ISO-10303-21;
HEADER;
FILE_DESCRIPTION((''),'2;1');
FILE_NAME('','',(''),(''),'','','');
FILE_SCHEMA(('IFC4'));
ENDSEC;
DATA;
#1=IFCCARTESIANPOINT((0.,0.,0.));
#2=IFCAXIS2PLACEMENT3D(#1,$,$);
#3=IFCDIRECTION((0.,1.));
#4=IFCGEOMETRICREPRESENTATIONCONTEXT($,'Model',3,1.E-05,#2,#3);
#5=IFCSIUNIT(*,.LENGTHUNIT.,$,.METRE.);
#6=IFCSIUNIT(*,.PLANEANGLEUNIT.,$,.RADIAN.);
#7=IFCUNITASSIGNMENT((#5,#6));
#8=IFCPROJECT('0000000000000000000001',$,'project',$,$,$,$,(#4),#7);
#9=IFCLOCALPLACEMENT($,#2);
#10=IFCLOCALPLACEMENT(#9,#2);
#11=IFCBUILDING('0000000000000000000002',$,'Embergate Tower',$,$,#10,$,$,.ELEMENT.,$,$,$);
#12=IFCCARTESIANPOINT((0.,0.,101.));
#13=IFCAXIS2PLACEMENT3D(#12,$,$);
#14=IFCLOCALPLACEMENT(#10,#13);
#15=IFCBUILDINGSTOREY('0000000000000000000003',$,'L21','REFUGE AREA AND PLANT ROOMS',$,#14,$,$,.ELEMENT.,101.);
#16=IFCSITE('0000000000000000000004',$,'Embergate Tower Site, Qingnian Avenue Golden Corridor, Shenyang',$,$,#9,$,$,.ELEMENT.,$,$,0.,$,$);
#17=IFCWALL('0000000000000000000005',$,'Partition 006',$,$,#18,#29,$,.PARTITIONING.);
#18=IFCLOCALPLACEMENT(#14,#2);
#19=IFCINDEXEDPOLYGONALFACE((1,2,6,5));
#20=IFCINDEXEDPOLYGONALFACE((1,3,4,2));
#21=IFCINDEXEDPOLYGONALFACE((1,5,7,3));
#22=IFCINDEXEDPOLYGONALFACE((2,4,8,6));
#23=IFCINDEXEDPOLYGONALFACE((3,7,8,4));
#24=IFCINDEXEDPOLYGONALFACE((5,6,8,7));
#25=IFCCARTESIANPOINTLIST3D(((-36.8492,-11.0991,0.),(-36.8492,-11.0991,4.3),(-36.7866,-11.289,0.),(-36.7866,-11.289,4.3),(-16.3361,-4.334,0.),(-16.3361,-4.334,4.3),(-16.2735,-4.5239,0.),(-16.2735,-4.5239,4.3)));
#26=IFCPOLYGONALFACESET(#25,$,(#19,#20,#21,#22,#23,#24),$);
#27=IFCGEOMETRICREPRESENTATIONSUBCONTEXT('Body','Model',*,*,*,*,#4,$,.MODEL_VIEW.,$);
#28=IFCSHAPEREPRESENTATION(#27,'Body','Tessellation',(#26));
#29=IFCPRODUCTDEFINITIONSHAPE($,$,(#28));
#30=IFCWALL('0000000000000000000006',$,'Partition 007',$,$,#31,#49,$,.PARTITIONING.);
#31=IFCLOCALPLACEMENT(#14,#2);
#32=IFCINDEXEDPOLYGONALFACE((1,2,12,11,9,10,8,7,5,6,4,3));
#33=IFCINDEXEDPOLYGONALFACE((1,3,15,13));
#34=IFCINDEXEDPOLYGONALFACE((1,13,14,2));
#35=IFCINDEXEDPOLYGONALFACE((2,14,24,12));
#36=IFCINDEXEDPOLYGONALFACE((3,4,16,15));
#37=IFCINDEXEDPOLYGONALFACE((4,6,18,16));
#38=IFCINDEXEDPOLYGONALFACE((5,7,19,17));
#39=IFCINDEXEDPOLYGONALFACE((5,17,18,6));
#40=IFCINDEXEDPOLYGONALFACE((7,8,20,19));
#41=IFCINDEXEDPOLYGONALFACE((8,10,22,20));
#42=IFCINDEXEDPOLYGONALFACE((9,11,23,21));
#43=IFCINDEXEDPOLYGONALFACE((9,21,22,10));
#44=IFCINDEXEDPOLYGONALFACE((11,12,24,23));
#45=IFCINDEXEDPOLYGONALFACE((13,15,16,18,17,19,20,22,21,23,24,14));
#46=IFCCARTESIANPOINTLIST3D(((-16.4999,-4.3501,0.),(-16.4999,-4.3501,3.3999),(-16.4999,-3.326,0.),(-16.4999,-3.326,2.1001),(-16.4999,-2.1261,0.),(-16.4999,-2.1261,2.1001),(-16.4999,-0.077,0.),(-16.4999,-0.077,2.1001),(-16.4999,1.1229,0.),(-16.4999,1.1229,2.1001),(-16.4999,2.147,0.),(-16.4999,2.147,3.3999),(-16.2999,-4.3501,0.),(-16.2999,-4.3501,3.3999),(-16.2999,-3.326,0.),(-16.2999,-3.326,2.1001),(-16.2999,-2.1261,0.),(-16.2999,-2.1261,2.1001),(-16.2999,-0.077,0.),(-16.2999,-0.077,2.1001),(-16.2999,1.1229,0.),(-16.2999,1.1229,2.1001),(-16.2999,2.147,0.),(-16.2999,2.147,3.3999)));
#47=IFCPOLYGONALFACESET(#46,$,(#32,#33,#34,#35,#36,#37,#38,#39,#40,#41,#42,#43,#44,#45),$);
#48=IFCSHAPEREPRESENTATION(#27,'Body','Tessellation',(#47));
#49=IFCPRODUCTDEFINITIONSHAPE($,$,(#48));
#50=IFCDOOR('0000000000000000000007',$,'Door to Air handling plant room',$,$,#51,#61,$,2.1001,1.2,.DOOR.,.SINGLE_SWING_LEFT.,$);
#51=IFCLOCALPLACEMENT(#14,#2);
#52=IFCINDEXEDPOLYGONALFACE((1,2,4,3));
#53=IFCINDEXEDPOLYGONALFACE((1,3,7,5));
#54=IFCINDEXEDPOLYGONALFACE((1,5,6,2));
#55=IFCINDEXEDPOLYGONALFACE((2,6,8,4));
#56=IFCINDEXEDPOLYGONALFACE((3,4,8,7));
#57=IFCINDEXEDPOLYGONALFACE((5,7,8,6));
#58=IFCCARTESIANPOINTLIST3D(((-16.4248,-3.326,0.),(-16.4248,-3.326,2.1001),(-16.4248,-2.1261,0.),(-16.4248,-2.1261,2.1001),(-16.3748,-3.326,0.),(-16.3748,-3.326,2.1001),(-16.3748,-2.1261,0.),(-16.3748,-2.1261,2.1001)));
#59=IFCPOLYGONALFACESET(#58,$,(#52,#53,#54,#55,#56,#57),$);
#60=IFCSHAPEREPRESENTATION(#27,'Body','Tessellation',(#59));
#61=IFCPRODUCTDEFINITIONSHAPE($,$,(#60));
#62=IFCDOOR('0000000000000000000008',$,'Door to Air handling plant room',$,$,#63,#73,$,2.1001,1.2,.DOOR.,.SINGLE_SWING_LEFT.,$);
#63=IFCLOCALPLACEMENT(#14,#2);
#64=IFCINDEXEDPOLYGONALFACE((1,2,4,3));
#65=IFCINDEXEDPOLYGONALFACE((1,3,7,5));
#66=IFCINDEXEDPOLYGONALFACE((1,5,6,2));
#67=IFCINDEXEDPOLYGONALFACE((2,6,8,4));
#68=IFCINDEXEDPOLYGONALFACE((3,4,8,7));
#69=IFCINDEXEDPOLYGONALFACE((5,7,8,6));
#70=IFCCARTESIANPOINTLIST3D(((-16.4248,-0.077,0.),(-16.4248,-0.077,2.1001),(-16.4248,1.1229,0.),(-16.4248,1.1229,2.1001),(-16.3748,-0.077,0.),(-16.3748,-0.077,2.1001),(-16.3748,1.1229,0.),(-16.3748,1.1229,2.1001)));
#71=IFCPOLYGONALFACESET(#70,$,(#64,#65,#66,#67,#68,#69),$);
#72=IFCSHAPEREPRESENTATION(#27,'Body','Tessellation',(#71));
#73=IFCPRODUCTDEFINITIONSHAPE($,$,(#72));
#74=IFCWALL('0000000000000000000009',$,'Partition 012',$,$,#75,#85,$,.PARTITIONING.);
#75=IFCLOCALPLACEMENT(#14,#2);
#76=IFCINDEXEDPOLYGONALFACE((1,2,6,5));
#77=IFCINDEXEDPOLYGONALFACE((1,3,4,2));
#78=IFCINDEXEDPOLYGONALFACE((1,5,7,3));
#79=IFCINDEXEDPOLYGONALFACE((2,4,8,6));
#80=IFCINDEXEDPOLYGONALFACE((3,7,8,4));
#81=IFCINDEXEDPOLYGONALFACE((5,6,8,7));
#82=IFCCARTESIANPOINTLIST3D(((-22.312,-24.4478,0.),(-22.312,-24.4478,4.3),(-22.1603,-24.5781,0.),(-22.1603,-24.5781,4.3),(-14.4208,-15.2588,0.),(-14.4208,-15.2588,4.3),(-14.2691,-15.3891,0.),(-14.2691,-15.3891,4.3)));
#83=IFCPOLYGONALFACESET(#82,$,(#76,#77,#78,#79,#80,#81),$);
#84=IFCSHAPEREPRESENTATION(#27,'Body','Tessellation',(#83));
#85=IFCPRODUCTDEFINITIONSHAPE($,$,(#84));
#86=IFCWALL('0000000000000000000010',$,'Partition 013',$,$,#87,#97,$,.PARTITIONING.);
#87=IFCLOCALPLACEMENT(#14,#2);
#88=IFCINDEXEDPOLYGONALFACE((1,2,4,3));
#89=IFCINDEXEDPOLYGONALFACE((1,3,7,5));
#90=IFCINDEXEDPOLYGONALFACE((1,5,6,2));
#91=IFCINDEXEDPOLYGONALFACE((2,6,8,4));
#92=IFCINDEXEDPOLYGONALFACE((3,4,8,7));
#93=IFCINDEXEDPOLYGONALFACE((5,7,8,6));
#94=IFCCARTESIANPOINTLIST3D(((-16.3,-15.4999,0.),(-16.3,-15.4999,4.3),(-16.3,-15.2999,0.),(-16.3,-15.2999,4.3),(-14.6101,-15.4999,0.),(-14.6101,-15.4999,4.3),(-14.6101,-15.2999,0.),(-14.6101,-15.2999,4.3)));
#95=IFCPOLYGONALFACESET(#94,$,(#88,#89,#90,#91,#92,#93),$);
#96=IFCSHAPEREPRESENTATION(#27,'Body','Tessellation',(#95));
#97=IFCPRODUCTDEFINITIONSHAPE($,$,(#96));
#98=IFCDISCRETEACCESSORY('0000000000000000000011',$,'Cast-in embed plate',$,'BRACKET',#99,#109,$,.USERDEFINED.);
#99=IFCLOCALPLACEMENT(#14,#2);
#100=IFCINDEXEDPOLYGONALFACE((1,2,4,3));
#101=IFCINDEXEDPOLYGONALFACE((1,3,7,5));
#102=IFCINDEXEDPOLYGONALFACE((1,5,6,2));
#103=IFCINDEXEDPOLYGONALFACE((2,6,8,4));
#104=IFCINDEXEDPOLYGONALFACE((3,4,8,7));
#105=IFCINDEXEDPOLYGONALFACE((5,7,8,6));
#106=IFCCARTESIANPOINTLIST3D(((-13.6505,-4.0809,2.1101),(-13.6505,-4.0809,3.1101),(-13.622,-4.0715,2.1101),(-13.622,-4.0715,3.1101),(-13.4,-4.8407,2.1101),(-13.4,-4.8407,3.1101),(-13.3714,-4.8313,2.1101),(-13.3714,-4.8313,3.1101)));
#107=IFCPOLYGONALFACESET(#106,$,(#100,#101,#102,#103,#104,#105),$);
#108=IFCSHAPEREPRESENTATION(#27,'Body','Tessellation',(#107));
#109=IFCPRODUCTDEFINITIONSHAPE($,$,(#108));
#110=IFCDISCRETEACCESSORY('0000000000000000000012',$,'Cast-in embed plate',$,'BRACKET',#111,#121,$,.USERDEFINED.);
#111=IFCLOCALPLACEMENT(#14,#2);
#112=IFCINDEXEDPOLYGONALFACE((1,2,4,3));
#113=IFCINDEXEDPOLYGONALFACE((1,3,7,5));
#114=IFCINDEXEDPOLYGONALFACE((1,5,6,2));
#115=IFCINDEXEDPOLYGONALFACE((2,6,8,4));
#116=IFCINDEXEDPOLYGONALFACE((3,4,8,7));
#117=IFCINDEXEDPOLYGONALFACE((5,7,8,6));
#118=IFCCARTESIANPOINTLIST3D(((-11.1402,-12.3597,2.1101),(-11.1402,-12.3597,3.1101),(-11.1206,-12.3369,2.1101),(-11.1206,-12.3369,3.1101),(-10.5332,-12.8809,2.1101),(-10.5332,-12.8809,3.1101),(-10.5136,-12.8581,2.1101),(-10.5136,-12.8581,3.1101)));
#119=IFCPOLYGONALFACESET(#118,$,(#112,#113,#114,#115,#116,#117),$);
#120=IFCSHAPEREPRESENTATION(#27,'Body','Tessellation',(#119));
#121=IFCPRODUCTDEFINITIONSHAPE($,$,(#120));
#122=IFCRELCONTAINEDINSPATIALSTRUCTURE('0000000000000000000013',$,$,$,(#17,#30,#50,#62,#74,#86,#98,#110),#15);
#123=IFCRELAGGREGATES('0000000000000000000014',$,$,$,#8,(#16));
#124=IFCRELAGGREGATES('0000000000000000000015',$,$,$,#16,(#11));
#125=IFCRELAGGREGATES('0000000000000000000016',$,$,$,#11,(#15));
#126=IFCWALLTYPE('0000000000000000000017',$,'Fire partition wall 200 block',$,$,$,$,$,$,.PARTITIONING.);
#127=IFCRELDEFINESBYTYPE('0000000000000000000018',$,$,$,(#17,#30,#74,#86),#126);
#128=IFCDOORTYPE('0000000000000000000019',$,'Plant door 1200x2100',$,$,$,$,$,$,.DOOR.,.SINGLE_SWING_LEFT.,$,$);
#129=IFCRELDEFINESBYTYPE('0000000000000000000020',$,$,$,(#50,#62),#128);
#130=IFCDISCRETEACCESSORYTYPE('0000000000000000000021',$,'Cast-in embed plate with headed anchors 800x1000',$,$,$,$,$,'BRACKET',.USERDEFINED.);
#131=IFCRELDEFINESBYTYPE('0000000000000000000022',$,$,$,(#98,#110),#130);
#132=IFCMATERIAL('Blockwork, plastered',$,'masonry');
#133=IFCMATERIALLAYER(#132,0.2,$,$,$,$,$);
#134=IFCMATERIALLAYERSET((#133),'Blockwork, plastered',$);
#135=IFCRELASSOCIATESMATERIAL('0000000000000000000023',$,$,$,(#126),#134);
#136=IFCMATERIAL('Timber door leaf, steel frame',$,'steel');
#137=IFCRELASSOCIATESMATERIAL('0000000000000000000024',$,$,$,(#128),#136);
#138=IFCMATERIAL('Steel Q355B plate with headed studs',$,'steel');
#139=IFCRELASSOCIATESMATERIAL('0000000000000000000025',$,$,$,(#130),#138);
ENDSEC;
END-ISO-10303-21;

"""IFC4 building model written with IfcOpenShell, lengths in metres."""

from ifc_helpers import new_model, si_unit, direction, frame, frame_2d, origin, origin_2d, place, context, subcontext, project, spatial, rectangle, extrude, source, transform, mapped, material, layer, layer_set, type_object, element, fill, save


model = new_model("IFC4")

# Units and contexts
model_context = context("Model", 3, precision=1e-05, world=origin(), true_north=direction((0.0, 1.0)))
body_context = subcontext(model_context, "Body", "Model", "MODEL_VIEW")
ifc_project = project(units=[si_unit("LENGTHUNIT", "METRE"), si_unit("PLANEANGLEUNIT", "RADIAN")], contexts=[model_context])

# Site, building, storey
site_placement = place(None, origin())
site = spatial("IfcSite", under=ifc_project, at=site_placement, Name="Embergate Tower Site, Qingnian Avenue Golden Corridor, Shenyang", CompositionType="ELEMENT", RefElevation=0.0)
building_placement = place(site_placement, origin())
building = spatial("IfcBuilding", under=site, at=building_placement, Name="Embergate Tower", CompositionType="ELEMENT")
storey_placement = place(building_placement, frame((0.0, 0.0, 101.0)))
storey = spatial("IfcBuildingStorey", under=building, at=storey_placement, Name="L21", Description="REFUGE AREA AND PLANT ROOMS", CompositionType="ELEMENT", Elevation=101.0)

# Shared definitions
ifc_material_1 = material(Name="Blockwork, plastered", Category="masonry")
ifc_layer_1 = layer(ifc_material_1, 0.2)
ifc_layer_set_1 = layer_set([ifc_layer_1], Name="Blockwork, plastered")
wall_type_1 = type_object("IfcWallType", Name="Fire partition wall 200 block", PredefinedType="PARTITIONING", material=ifc_layer_set_1)
ifc_material_2 = material(Name="Timber door leaf, steel frame", Category="steel")

# Wall
shared_shape_1 = source(origin(), body_context, "Body", "SweptSolid", [
    extrude(rectangle(XDim=21.5999, YDim=0.2, at=frame_2d((10.7998, 0.0))), origin(), (0.0, 0.0, 1.0), 4.3),
])
wall_1_placement = place(storey_placement, frame((-16.3049, -4.429, 0.0), z_axis=(0.0, 0.0, 1.0), x_axis=(-0.949687, -0.313202, 0.0)))
element("IfcWall", 1, at=wall_1_placement, inside=storey, type_object=wall_type_1, Name="Partition 006", PredefinedType="PARTITIONING", context=body_context, shape_type="MappedRepresentation", body=[
    mapped(shared_shape_1, transform((0.0, 0.0, 0.0))),
])

# Wall, openings, doors
shared_shape_2 = source(origin(), body_context, "Body", "SweptSolid", [
    extrude(rectangle(XDim=6.4971, YDim=0.2, at=frame_2d((3.2485, 0.0))), origin(), (0.0, 0.0, 1.0), 3.3999),
])
wall_2_placement = place(storey_placement, frame((-16.3999, -4.3501, 0.0), z_axis=(0.0, 0.0, 1.0), x_axis=(0.0, 1.0, 0.0)))
wall_2 = element("IfcWall", 2, at=wall_2_placement, inside=storey, type_object=wall_type_1, Name="Partition 007", PredefinedType="PARTITIONING", context=body_context, shape_type="MappedRepresentation", body=[
    mapped(shared_shape_2, transform((0.0, 0.0, 0.0))),
])
shared_shape_3 = source(origin(), body_context, "Body", "SweptSolid", [
    extrude(rectangle(XDim=1.2, YDim=2.1001, at=frame_2d((0.6001, 1.05))), frame((0.0, 0.1099, 0.0), z_axis=(0.0, -1.0, 0.0), x_axis=(1.0, 0.0, 0.0)), (0.0, 0.0, 1.0), 0.22),
])
opening_1_placement = place(wall_2_placement, frame((1.0239, 0.0, 0.0)))
opening_1 = element("IfcOpeningElement", 3, at=opening_1_placement, cuts=wall_2, PredefinedType="OPENING", context=body_context, shape_type="MappedRepresentation", body=[
    mapped(shared_shape_3, transform((0.0, 0.0, 0.0))),
])
opening_2_placement = place(wall_2_placement, frame((4.2729, 0.0, 0.0)))
opening_2 = element("IfcOpeningElement", 4, at=opening_2_placement, cuts=wall_2, PredefinedType="OPENING", context=body_context, shape_type="MappedRepresentation", body=[
    mapped(shared_shape_3, transform((0.0, 0.0, 0.0))),
])
door_type_1 = type_object("IfcDoorType", Name="Plant door 1200x2100", OperationType="SINGLE_SWING_LEFT", PredefinedType="DOOR", material=ifc_material_2)
shared_shape_4 = source(origin(), body_context, "Body", "SweptSolid", [
    extrude(rectangle(XDim=1.2, YDim=2.1001, at=frame_2d((0.6001, 1.05))), frame((0.0, 0.0249, 0.0), z_axis=(0.0, -1.0, 0.0), x_axis=(1.0, 0.0, 0.0)), (0.0, 0.0, 1.0), 0.05),
])
door_1_placement = place(opening_1_placement, origin())
door_1 = element("IfcDoor", 5, at=door_1_placement, inside=storey, type_object=door_type_1, Name="Door to Air handling plant room", OperationType="SINGLE_SWING_LEFT", OverallHeight=2.1001, OverallWidth=1.2, PredefinedType="DOOR", context=body_context, shape_type="MappedRepresentation", body=[
    mapped(shared_shape_4, transform((0.0, 0.0, 0.0))),
])
fill(opening_1, door_1)
door_2_placement = place(opening_2_placement, origin())
door_2 = element("IfcDoor", 6, at=door_2_placement, inside=storey, type_object=door_type_1, Name="Door to Air handling plant room", OperationType="SINGLE_SWING_LEFT", OverallHeight=2.1001, OverallWidth=1.2, PredefinedType="DOOR", context=body_context, shape_type="MappedRepresentation", body=[
    mapped(shared_shape_4, transform((0.0, 0.0, 0.0))),
])
fill(opening_2, door_2)

# Walls
shared_shape_5 = source(origin(), body_context, "Body", "SweptSolid", [
    extrude(rectangle(XDim=12.1123, YDim=0.2, at=frame_2d((6.0562, 0.0))), origin(), (0.0, 0.0, 1.0), 4.3),
])
wall_3_placement = place(storey_placement, frame((-14.345, -15.324, 0.0), z_axis=(0.0, 0.0, 1.0), x_axis=(-0.651498, -0.75865, 0.0)))
element("IfcWall", 7, at=wall_3_placement, inside=storey, type_object=wall_type_1, Name="Partition 012", PredefinedType="PARTITIONING", context=body_context, shape_type="MappedRepresentation", body=[
    mapped(shared_shape_5, transform((0.0, 0.0, 0.0))),
])
shared_shape_6 = source(origin(), body_context, "Body", "SweptSolid", [
    extrude(rectangle(XDim=1.6899, YDim=0.2, at=frame_2d((0.845, 0.0))), origin(), (0.0, 0.0, 1.0), 4.3),
])
wall_4_placement = place(storey_placement, frame((-14.6101, -15.3999, 0.0), z_axis=(0.0, 0.0, 1.0), x_axis=(-1.0, 0.0, 0.0)))
element("IfcWall", 8, at=wall_4_placement, inside=storey, type_object=wall_type_1, Name="Partition 013", PredefinedType="PARTITIONING", context=body_context, shape_type="MappedRepresentation", body=[
    mapped(shared_shape_6, transform((0.0, 0.0, 0.0))),
])

# Discrete accessories
ifc_material_3 = material(Name="Steel Q355B plate with headed studs", Category="steel")
discrete_accessory_type = type_object("IfcDiscreteAccessoryType", Name="Cast-in embed plate with headed anchors 800x1000", ElementType="BRACKET", PredefinedType="USERDEFINED", material=ifc_material_3)
shared_shape_7 = source(origin(), body_context, "Body", "SweptSolid", [
    extrude(rectangle(XDim=0.03, YDim=0.8, at=origin_2d()), origin(), (0.0, 0.0, 1.0), 1.0),
])
for number, where, z_axis, x_axis, name in (
    (9, (-13.511, -4.4561, 2.1101), (0.0, 0.0, 1.0), (-0.949694, -0.31318, 0.0), "Cast-in embed plate"),
    (10, (-10.8269, -12.6089, 2.1101), (0.0, 0.0, 1.0), (-0.65149, -0.758658, 0.0), "Cast-in embed plate"),
):
    element("IfcDiscreteAccessory", number, at=place(storey_placement, frame(where, z_axis=z_axis, x_axis=x_axis)), inside=storey, type_object=discrete_accessory_type, Name=name, ObjectType="BRACKET", PredefinedType="USERDEFINED", context=body_context, shape_type="MappedRepresentation", body=[
        mapped(shared_shape_7, transform((0.0, 0.0, 0.0))),
    ])

save(model, "model.ifc")
